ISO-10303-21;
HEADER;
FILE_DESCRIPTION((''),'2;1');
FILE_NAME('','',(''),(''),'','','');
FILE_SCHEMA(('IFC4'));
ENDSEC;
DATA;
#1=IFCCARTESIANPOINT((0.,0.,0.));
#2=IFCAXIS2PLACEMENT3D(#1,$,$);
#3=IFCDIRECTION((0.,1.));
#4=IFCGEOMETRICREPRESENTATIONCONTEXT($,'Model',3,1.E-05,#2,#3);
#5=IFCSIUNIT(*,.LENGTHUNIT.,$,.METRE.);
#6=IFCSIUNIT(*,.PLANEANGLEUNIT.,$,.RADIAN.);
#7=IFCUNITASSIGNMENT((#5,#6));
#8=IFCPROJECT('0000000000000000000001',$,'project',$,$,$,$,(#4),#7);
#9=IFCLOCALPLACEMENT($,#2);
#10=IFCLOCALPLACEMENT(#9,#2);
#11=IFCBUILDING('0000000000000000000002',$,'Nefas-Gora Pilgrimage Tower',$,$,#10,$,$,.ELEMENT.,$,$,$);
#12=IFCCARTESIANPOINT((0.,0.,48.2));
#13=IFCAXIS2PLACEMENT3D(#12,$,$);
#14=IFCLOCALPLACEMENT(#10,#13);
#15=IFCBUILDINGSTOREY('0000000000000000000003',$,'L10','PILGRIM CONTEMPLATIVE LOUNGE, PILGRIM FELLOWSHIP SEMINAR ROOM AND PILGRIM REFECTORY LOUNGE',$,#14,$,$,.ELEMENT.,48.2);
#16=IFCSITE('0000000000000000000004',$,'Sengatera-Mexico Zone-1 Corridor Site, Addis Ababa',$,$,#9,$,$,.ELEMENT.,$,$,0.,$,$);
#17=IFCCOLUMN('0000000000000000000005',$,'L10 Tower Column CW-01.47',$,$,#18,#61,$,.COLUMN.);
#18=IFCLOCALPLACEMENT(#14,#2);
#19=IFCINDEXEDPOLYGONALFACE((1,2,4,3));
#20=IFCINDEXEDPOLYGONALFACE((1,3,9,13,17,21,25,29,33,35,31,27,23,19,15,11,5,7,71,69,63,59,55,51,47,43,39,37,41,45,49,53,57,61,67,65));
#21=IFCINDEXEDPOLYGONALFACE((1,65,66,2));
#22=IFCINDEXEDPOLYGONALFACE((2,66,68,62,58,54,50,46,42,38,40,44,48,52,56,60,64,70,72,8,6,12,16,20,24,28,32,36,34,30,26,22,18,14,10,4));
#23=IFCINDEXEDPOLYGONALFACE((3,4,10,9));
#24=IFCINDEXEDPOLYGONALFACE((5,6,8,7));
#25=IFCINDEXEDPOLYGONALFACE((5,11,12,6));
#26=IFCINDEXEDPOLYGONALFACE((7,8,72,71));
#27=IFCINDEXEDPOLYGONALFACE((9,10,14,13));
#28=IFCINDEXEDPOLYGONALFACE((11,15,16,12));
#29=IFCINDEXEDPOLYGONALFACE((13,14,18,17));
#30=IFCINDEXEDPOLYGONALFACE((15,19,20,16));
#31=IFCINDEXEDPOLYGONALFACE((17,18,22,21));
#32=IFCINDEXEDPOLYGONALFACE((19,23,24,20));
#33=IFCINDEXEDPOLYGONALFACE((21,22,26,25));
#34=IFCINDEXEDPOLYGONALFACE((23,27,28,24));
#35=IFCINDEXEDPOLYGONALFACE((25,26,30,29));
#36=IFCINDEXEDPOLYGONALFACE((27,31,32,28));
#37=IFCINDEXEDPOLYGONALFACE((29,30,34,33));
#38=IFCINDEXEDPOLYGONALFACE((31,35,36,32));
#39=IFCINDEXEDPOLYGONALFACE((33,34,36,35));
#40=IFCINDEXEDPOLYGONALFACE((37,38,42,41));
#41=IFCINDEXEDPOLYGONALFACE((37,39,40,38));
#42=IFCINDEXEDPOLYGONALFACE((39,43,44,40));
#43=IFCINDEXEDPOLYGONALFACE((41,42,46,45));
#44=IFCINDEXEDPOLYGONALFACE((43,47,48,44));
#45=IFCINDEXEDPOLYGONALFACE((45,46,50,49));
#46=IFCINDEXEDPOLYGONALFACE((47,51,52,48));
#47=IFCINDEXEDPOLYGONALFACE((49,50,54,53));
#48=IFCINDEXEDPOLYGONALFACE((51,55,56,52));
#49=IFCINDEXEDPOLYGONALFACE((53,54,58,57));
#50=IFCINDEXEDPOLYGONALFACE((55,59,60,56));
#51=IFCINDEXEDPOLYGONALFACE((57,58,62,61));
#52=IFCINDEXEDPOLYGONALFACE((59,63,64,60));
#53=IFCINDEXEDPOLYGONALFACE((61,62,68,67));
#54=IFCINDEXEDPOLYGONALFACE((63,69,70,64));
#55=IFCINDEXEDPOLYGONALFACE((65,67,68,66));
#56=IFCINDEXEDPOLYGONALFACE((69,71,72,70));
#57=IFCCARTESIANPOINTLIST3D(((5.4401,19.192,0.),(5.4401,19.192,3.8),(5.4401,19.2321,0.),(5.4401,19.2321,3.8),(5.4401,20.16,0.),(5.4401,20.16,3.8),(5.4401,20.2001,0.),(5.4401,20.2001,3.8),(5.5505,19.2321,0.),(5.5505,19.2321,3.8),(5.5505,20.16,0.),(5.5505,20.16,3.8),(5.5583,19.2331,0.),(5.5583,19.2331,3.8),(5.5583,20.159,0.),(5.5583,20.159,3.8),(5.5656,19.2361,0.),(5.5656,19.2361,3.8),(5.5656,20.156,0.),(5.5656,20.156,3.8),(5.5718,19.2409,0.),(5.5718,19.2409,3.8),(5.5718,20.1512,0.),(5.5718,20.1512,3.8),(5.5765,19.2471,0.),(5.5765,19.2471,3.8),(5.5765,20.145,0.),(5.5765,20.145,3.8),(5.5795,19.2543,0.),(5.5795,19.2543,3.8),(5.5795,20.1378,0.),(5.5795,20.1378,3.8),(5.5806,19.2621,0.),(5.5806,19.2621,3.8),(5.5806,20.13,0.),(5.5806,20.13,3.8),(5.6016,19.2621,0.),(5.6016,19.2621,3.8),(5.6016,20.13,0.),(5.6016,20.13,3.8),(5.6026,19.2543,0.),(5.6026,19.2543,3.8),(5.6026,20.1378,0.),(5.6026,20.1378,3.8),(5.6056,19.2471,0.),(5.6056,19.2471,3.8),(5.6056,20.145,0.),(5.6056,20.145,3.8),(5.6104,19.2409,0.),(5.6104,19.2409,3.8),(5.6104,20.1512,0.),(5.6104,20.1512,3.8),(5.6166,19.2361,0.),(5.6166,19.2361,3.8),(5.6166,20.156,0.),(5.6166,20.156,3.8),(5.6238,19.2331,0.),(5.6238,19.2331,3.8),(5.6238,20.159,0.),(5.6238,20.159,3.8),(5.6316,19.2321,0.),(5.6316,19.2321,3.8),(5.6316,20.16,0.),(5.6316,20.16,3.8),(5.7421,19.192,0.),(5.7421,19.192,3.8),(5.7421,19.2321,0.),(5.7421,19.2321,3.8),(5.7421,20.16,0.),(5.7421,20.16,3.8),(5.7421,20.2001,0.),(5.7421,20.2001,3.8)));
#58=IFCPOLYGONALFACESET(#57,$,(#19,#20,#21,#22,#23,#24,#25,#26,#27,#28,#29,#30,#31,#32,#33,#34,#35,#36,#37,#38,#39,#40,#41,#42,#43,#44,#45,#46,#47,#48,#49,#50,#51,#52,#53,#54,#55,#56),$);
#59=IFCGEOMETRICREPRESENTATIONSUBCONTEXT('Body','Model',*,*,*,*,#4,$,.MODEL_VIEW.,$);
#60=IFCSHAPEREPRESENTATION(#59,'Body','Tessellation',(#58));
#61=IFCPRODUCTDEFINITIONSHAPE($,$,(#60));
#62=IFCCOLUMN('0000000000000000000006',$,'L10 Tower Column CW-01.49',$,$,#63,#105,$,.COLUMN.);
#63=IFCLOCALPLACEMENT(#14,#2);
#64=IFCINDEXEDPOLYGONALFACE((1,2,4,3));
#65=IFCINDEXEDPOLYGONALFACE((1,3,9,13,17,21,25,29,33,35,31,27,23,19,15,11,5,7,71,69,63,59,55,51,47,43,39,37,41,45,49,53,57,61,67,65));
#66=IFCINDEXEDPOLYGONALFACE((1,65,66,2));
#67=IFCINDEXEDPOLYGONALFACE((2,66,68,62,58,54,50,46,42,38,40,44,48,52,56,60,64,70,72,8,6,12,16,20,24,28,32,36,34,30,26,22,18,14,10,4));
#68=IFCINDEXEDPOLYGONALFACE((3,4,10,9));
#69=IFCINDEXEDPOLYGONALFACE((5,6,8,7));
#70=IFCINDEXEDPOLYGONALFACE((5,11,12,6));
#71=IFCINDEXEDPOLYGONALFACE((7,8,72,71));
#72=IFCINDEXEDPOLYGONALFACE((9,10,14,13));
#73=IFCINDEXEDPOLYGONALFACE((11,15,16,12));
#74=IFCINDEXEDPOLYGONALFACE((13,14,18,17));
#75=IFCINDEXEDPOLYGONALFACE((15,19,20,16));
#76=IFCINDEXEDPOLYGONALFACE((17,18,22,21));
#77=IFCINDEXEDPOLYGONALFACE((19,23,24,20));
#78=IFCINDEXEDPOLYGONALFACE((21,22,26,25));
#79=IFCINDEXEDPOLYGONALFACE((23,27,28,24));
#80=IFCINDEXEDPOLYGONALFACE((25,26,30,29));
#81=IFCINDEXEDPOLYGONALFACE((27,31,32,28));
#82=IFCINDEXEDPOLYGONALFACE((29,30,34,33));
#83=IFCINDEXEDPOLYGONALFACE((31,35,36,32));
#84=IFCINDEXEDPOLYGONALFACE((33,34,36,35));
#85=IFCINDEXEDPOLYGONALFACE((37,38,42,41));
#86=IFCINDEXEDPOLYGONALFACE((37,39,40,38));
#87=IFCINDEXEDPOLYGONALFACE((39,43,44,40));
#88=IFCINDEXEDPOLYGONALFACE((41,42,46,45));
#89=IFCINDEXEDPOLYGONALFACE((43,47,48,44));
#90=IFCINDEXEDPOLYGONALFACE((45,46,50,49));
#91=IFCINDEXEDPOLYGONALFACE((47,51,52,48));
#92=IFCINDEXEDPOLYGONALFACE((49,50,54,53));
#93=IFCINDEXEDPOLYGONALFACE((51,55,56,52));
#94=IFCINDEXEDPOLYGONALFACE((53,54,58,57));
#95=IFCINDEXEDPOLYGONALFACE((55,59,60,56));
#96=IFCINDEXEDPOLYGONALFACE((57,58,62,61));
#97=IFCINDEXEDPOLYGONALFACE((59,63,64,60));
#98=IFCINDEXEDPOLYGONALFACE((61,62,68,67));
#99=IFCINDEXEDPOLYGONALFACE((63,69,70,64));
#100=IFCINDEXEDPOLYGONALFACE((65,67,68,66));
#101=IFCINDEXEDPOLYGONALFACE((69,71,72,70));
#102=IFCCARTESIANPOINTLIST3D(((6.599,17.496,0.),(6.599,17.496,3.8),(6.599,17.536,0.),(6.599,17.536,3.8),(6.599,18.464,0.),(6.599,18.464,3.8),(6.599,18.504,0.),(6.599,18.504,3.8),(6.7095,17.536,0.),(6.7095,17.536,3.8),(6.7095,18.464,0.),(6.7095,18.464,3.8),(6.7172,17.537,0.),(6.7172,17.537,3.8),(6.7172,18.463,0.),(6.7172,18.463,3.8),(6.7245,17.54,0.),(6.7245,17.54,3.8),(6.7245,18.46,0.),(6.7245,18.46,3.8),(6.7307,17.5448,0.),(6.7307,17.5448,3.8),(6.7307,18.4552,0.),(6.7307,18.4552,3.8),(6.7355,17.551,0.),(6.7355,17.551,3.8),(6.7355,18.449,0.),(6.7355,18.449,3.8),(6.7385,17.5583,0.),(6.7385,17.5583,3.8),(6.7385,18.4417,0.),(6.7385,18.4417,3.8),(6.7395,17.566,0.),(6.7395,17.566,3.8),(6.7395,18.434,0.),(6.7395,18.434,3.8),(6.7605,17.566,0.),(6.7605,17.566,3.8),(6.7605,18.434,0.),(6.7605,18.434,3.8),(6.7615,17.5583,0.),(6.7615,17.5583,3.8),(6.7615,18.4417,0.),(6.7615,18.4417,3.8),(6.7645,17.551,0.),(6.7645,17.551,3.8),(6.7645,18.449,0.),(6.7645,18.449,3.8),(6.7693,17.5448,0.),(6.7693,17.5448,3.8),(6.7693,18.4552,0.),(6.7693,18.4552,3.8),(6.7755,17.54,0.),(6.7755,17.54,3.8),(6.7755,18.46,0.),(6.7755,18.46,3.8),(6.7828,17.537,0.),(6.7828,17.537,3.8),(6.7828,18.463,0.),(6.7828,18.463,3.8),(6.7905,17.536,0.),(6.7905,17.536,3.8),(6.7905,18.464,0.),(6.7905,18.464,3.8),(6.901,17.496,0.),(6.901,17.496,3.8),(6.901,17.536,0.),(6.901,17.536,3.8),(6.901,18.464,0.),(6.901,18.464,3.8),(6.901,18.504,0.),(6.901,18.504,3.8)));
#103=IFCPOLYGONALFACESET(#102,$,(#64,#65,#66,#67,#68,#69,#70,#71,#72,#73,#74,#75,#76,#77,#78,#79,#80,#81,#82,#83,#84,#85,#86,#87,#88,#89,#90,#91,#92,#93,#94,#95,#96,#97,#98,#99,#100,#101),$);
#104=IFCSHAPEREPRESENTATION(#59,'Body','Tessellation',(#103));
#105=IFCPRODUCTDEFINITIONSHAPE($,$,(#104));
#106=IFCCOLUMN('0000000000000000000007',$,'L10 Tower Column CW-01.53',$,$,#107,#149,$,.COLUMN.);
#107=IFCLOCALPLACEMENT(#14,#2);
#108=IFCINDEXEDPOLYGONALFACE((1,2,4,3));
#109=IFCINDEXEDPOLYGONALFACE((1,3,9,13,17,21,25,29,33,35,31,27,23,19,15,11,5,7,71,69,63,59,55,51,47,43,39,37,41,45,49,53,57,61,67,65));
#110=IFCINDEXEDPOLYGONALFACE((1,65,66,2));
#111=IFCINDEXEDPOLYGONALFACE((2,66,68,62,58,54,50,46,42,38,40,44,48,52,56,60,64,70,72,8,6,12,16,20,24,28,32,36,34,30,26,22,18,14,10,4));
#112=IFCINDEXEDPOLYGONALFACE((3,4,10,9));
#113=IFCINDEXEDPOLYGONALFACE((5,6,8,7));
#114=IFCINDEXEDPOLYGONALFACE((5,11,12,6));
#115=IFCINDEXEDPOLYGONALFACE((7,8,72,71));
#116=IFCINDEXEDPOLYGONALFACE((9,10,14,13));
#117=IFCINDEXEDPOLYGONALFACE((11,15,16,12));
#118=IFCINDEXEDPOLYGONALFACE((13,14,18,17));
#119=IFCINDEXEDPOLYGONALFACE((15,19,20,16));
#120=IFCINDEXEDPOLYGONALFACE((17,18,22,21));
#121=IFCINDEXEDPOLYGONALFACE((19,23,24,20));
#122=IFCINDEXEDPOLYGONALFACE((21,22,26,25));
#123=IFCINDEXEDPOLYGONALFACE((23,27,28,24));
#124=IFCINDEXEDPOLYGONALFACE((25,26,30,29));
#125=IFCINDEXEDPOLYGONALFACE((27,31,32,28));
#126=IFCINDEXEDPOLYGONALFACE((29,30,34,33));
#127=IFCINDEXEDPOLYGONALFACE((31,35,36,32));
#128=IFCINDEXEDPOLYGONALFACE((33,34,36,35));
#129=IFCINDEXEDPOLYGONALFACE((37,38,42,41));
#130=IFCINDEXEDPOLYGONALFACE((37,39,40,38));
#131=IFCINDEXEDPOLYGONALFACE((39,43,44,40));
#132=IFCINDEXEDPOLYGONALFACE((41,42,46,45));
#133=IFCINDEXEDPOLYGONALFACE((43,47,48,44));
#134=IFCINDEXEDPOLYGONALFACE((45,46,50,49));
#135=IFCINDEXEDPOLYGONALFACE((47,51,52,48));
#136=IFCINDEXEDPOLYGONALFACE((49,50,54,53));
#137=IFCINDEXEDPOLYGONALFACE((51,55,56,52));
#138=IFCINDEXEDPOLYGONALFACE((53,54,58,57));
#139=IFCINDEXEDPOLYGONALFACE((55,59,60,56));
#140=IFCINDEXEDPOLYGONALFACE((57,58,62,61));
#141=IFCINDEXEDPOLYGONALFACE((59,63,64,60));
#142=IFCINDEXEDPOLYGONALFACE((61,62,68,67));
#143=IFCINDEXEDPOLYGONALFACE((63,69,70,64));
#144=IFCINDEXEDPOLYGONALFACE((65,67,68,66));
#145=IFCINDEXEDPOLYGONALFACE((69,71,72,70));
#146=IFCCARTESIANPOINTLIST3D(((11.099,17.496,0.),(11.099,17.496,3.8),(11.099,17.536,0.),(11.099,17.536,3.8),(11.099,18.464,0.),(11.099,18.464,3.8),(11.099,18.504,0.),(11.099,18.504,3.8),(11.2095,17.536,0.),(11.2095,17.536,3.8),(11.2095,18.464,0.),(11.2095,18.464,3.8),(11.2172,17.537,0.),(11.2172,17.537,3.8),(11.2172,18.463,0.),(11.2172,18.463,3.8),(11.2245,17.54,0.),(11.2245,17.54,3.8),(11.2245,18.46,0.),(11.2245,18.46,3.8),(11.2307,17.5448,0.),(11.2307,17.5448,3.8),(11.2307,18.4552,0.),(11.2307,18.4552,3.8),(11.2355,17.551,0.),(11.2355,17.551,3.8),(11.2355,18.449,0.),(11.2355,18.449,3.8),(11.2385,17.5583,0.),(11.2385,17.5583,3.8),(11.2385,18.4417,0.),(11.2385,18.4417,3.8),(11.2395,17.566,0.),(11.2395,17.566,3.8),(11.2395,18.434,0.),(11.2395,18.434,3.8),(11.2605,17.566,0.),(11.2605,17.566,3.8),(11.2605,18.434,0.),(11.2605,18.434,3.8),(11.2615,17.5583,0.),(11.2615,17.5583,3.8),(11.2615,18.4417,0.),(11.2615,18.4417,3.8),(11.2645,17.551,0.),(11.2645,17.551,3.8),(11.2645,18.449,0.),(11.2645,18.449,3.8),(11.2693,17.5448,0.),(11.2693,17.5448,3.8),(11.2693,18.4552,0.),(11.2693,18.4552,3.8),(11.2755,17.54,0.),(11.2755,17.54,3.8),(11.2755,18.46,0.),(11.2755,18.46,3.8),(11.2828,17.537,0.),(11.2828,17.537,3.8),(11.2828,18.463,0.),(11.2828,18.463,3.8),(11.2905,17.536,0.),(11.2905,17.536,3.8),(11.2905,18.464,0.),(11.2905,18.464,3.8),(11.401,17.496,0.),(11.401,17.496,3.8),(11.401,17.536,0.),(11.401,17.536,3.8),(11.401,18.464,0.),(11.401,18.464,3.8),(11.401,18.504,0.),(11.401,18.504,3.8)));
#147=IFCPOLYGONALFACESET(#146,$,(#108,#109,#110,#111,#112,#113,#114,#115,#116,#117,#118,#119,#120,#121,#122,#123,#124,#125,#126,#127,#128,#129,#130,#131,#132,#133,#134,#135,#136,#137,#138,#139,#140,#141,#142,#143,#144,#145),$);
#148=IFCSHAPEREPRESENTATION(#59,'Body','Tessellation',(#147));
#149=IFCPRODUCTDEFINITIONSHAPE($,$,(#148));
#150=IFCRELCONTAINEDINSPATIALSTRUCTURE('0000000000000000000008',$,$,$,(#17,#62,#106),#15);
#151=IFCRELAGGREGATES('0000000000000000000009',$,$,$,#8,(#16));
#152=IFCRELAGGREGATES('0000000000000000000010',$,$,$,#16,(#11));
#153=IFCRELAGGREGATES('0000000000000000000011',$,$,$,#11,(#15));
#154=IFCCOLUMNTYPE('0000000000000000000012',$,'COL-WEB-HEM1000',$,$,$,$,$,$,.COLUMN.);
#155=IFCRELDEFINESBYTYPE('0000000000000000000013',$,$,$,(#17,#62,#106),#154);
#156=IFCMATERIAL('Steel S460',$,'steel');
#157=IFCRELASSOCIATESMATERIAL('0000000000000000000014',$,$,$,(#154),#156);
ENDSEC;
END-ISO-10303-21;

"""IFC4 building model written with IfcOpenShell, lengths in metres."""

from ifc_helpers import new_model, si_unit, direction, frame, origin, origin_2d, place, context, subcontext, project, spatial, i_section, extrude, source, transform, mapped, material, material_profile, profile_set, type_object, element, save


model = new_model("IFC4")

# Units and contexts
model_context = context("Model", 3, precision=1e-05, world=origin(), true_north=direction((0.0, 1.0)))
body_context = subcontext(model_context, "Body", "Model", "MODEL_VIEW")
ifc_project = project(units=[si_unit("LENGTHUNIT", "METRE"), si_unit("PLANEANGLEUNIT", "RADIAN")], contexts=[model_context])

# Site, building, storey
site_placement = place(None, origin())
site = spatial("IfcSite", under=ifc_project, at=site_placement, Name="Sengatera-Mexico Zone-1 Corridor Site, Addis Ababa", CompositionType="ELEMENT", RefElevation=0.0)
building_placement = place(site_placement, origin())
building = spatial("IfcBuilding", under=site, at=building_placement, Name="Nefas-Gora Pilgrimage Tower", CompositionType="ELEMENT")
storey_placement = place(building_placement, frame((0.0, 0.0, 48.2)))
storey = spatial("IfcBuildingStorey", under=building, at=storey_placement, Name="L10", Description="PILGRIM CONTEMPLATIVE LOUNGE, PILGRIM FELLOWSHIP SEMINAR ROOM AND PILGRIM REFECTORY LOUNGE", CompositionType="ELEMENT", Elevation=48.2)

# Columns
ifc_material_1 = material(Name="Steel S460", Category="steel")
ifc_material_profile_1 = material_profile(ifc_material_1, i_section(OverallWidth=0.302, OverallDepth=1.0081, WebThickness=0.021, FlangeThickness=0.04, FilletRadius=0.03, at=origin_2d()), Name="HEM 1000")
ifc_profile_set_1 = profile_set([ifc_material_profile_1], Name="Steel S460")
column_type_1 = type_object("IfcColumnType", Name="COL-WEB-HEM1000", PredefinedType="COLUMN", material=ifc_profile_set_1)
shared_shape_1 = source(origin(), body_context, "Body", "SweptSolid", [
    extrude(i_section(OverallWidth=0.302, OverallDepth=1.0081, WebThickness=0.021, FlangeThickness=0.04, FilletRadius=0.03, at=origin_2d()), origin(), (0.0, 0.0, 1.0), 3.8),
])
for number, where, z_axis, x_axis, name in (
    (1, (5.5911, 19.696, 0.0), (0.0, 0.0, 1.0), (1.0, 0.0, 0.0), "L10 Tower Column CW-01.47"),
    (2, (6.75, 18.0, 0.0), (0.0, 0.0, 1.0), (1.0, 0.0, 0.0), "L10 Tower Column CW-01.49"),
    (3, (11.25, 18.0, 0.0), (0.0, 0.0, 1.0), (1.0, 0.0, 0.0), "L10 Tower Column CW-01.53"),
):
    element("IfcColumn", number, at=place(storey_placement, frame(where, z_axis=z_axis, x_axis=x_axis)), inside=storey, type_object=column_type_1, Name=name, PredefinedType="COLUMN", context=body_context, shape_type="MappedRepresentation", body=[
        mapped(shared_shape_1, transform((0.0, 0.0, 0.0), x_axis=(1.0, 0.0, 0.0), y_axis=(0.0, 1.0, 0.0), z_axis=(0.0, 0.0, 1.0), scale=1.0)),
    ])

save(model, "model.ifc")
